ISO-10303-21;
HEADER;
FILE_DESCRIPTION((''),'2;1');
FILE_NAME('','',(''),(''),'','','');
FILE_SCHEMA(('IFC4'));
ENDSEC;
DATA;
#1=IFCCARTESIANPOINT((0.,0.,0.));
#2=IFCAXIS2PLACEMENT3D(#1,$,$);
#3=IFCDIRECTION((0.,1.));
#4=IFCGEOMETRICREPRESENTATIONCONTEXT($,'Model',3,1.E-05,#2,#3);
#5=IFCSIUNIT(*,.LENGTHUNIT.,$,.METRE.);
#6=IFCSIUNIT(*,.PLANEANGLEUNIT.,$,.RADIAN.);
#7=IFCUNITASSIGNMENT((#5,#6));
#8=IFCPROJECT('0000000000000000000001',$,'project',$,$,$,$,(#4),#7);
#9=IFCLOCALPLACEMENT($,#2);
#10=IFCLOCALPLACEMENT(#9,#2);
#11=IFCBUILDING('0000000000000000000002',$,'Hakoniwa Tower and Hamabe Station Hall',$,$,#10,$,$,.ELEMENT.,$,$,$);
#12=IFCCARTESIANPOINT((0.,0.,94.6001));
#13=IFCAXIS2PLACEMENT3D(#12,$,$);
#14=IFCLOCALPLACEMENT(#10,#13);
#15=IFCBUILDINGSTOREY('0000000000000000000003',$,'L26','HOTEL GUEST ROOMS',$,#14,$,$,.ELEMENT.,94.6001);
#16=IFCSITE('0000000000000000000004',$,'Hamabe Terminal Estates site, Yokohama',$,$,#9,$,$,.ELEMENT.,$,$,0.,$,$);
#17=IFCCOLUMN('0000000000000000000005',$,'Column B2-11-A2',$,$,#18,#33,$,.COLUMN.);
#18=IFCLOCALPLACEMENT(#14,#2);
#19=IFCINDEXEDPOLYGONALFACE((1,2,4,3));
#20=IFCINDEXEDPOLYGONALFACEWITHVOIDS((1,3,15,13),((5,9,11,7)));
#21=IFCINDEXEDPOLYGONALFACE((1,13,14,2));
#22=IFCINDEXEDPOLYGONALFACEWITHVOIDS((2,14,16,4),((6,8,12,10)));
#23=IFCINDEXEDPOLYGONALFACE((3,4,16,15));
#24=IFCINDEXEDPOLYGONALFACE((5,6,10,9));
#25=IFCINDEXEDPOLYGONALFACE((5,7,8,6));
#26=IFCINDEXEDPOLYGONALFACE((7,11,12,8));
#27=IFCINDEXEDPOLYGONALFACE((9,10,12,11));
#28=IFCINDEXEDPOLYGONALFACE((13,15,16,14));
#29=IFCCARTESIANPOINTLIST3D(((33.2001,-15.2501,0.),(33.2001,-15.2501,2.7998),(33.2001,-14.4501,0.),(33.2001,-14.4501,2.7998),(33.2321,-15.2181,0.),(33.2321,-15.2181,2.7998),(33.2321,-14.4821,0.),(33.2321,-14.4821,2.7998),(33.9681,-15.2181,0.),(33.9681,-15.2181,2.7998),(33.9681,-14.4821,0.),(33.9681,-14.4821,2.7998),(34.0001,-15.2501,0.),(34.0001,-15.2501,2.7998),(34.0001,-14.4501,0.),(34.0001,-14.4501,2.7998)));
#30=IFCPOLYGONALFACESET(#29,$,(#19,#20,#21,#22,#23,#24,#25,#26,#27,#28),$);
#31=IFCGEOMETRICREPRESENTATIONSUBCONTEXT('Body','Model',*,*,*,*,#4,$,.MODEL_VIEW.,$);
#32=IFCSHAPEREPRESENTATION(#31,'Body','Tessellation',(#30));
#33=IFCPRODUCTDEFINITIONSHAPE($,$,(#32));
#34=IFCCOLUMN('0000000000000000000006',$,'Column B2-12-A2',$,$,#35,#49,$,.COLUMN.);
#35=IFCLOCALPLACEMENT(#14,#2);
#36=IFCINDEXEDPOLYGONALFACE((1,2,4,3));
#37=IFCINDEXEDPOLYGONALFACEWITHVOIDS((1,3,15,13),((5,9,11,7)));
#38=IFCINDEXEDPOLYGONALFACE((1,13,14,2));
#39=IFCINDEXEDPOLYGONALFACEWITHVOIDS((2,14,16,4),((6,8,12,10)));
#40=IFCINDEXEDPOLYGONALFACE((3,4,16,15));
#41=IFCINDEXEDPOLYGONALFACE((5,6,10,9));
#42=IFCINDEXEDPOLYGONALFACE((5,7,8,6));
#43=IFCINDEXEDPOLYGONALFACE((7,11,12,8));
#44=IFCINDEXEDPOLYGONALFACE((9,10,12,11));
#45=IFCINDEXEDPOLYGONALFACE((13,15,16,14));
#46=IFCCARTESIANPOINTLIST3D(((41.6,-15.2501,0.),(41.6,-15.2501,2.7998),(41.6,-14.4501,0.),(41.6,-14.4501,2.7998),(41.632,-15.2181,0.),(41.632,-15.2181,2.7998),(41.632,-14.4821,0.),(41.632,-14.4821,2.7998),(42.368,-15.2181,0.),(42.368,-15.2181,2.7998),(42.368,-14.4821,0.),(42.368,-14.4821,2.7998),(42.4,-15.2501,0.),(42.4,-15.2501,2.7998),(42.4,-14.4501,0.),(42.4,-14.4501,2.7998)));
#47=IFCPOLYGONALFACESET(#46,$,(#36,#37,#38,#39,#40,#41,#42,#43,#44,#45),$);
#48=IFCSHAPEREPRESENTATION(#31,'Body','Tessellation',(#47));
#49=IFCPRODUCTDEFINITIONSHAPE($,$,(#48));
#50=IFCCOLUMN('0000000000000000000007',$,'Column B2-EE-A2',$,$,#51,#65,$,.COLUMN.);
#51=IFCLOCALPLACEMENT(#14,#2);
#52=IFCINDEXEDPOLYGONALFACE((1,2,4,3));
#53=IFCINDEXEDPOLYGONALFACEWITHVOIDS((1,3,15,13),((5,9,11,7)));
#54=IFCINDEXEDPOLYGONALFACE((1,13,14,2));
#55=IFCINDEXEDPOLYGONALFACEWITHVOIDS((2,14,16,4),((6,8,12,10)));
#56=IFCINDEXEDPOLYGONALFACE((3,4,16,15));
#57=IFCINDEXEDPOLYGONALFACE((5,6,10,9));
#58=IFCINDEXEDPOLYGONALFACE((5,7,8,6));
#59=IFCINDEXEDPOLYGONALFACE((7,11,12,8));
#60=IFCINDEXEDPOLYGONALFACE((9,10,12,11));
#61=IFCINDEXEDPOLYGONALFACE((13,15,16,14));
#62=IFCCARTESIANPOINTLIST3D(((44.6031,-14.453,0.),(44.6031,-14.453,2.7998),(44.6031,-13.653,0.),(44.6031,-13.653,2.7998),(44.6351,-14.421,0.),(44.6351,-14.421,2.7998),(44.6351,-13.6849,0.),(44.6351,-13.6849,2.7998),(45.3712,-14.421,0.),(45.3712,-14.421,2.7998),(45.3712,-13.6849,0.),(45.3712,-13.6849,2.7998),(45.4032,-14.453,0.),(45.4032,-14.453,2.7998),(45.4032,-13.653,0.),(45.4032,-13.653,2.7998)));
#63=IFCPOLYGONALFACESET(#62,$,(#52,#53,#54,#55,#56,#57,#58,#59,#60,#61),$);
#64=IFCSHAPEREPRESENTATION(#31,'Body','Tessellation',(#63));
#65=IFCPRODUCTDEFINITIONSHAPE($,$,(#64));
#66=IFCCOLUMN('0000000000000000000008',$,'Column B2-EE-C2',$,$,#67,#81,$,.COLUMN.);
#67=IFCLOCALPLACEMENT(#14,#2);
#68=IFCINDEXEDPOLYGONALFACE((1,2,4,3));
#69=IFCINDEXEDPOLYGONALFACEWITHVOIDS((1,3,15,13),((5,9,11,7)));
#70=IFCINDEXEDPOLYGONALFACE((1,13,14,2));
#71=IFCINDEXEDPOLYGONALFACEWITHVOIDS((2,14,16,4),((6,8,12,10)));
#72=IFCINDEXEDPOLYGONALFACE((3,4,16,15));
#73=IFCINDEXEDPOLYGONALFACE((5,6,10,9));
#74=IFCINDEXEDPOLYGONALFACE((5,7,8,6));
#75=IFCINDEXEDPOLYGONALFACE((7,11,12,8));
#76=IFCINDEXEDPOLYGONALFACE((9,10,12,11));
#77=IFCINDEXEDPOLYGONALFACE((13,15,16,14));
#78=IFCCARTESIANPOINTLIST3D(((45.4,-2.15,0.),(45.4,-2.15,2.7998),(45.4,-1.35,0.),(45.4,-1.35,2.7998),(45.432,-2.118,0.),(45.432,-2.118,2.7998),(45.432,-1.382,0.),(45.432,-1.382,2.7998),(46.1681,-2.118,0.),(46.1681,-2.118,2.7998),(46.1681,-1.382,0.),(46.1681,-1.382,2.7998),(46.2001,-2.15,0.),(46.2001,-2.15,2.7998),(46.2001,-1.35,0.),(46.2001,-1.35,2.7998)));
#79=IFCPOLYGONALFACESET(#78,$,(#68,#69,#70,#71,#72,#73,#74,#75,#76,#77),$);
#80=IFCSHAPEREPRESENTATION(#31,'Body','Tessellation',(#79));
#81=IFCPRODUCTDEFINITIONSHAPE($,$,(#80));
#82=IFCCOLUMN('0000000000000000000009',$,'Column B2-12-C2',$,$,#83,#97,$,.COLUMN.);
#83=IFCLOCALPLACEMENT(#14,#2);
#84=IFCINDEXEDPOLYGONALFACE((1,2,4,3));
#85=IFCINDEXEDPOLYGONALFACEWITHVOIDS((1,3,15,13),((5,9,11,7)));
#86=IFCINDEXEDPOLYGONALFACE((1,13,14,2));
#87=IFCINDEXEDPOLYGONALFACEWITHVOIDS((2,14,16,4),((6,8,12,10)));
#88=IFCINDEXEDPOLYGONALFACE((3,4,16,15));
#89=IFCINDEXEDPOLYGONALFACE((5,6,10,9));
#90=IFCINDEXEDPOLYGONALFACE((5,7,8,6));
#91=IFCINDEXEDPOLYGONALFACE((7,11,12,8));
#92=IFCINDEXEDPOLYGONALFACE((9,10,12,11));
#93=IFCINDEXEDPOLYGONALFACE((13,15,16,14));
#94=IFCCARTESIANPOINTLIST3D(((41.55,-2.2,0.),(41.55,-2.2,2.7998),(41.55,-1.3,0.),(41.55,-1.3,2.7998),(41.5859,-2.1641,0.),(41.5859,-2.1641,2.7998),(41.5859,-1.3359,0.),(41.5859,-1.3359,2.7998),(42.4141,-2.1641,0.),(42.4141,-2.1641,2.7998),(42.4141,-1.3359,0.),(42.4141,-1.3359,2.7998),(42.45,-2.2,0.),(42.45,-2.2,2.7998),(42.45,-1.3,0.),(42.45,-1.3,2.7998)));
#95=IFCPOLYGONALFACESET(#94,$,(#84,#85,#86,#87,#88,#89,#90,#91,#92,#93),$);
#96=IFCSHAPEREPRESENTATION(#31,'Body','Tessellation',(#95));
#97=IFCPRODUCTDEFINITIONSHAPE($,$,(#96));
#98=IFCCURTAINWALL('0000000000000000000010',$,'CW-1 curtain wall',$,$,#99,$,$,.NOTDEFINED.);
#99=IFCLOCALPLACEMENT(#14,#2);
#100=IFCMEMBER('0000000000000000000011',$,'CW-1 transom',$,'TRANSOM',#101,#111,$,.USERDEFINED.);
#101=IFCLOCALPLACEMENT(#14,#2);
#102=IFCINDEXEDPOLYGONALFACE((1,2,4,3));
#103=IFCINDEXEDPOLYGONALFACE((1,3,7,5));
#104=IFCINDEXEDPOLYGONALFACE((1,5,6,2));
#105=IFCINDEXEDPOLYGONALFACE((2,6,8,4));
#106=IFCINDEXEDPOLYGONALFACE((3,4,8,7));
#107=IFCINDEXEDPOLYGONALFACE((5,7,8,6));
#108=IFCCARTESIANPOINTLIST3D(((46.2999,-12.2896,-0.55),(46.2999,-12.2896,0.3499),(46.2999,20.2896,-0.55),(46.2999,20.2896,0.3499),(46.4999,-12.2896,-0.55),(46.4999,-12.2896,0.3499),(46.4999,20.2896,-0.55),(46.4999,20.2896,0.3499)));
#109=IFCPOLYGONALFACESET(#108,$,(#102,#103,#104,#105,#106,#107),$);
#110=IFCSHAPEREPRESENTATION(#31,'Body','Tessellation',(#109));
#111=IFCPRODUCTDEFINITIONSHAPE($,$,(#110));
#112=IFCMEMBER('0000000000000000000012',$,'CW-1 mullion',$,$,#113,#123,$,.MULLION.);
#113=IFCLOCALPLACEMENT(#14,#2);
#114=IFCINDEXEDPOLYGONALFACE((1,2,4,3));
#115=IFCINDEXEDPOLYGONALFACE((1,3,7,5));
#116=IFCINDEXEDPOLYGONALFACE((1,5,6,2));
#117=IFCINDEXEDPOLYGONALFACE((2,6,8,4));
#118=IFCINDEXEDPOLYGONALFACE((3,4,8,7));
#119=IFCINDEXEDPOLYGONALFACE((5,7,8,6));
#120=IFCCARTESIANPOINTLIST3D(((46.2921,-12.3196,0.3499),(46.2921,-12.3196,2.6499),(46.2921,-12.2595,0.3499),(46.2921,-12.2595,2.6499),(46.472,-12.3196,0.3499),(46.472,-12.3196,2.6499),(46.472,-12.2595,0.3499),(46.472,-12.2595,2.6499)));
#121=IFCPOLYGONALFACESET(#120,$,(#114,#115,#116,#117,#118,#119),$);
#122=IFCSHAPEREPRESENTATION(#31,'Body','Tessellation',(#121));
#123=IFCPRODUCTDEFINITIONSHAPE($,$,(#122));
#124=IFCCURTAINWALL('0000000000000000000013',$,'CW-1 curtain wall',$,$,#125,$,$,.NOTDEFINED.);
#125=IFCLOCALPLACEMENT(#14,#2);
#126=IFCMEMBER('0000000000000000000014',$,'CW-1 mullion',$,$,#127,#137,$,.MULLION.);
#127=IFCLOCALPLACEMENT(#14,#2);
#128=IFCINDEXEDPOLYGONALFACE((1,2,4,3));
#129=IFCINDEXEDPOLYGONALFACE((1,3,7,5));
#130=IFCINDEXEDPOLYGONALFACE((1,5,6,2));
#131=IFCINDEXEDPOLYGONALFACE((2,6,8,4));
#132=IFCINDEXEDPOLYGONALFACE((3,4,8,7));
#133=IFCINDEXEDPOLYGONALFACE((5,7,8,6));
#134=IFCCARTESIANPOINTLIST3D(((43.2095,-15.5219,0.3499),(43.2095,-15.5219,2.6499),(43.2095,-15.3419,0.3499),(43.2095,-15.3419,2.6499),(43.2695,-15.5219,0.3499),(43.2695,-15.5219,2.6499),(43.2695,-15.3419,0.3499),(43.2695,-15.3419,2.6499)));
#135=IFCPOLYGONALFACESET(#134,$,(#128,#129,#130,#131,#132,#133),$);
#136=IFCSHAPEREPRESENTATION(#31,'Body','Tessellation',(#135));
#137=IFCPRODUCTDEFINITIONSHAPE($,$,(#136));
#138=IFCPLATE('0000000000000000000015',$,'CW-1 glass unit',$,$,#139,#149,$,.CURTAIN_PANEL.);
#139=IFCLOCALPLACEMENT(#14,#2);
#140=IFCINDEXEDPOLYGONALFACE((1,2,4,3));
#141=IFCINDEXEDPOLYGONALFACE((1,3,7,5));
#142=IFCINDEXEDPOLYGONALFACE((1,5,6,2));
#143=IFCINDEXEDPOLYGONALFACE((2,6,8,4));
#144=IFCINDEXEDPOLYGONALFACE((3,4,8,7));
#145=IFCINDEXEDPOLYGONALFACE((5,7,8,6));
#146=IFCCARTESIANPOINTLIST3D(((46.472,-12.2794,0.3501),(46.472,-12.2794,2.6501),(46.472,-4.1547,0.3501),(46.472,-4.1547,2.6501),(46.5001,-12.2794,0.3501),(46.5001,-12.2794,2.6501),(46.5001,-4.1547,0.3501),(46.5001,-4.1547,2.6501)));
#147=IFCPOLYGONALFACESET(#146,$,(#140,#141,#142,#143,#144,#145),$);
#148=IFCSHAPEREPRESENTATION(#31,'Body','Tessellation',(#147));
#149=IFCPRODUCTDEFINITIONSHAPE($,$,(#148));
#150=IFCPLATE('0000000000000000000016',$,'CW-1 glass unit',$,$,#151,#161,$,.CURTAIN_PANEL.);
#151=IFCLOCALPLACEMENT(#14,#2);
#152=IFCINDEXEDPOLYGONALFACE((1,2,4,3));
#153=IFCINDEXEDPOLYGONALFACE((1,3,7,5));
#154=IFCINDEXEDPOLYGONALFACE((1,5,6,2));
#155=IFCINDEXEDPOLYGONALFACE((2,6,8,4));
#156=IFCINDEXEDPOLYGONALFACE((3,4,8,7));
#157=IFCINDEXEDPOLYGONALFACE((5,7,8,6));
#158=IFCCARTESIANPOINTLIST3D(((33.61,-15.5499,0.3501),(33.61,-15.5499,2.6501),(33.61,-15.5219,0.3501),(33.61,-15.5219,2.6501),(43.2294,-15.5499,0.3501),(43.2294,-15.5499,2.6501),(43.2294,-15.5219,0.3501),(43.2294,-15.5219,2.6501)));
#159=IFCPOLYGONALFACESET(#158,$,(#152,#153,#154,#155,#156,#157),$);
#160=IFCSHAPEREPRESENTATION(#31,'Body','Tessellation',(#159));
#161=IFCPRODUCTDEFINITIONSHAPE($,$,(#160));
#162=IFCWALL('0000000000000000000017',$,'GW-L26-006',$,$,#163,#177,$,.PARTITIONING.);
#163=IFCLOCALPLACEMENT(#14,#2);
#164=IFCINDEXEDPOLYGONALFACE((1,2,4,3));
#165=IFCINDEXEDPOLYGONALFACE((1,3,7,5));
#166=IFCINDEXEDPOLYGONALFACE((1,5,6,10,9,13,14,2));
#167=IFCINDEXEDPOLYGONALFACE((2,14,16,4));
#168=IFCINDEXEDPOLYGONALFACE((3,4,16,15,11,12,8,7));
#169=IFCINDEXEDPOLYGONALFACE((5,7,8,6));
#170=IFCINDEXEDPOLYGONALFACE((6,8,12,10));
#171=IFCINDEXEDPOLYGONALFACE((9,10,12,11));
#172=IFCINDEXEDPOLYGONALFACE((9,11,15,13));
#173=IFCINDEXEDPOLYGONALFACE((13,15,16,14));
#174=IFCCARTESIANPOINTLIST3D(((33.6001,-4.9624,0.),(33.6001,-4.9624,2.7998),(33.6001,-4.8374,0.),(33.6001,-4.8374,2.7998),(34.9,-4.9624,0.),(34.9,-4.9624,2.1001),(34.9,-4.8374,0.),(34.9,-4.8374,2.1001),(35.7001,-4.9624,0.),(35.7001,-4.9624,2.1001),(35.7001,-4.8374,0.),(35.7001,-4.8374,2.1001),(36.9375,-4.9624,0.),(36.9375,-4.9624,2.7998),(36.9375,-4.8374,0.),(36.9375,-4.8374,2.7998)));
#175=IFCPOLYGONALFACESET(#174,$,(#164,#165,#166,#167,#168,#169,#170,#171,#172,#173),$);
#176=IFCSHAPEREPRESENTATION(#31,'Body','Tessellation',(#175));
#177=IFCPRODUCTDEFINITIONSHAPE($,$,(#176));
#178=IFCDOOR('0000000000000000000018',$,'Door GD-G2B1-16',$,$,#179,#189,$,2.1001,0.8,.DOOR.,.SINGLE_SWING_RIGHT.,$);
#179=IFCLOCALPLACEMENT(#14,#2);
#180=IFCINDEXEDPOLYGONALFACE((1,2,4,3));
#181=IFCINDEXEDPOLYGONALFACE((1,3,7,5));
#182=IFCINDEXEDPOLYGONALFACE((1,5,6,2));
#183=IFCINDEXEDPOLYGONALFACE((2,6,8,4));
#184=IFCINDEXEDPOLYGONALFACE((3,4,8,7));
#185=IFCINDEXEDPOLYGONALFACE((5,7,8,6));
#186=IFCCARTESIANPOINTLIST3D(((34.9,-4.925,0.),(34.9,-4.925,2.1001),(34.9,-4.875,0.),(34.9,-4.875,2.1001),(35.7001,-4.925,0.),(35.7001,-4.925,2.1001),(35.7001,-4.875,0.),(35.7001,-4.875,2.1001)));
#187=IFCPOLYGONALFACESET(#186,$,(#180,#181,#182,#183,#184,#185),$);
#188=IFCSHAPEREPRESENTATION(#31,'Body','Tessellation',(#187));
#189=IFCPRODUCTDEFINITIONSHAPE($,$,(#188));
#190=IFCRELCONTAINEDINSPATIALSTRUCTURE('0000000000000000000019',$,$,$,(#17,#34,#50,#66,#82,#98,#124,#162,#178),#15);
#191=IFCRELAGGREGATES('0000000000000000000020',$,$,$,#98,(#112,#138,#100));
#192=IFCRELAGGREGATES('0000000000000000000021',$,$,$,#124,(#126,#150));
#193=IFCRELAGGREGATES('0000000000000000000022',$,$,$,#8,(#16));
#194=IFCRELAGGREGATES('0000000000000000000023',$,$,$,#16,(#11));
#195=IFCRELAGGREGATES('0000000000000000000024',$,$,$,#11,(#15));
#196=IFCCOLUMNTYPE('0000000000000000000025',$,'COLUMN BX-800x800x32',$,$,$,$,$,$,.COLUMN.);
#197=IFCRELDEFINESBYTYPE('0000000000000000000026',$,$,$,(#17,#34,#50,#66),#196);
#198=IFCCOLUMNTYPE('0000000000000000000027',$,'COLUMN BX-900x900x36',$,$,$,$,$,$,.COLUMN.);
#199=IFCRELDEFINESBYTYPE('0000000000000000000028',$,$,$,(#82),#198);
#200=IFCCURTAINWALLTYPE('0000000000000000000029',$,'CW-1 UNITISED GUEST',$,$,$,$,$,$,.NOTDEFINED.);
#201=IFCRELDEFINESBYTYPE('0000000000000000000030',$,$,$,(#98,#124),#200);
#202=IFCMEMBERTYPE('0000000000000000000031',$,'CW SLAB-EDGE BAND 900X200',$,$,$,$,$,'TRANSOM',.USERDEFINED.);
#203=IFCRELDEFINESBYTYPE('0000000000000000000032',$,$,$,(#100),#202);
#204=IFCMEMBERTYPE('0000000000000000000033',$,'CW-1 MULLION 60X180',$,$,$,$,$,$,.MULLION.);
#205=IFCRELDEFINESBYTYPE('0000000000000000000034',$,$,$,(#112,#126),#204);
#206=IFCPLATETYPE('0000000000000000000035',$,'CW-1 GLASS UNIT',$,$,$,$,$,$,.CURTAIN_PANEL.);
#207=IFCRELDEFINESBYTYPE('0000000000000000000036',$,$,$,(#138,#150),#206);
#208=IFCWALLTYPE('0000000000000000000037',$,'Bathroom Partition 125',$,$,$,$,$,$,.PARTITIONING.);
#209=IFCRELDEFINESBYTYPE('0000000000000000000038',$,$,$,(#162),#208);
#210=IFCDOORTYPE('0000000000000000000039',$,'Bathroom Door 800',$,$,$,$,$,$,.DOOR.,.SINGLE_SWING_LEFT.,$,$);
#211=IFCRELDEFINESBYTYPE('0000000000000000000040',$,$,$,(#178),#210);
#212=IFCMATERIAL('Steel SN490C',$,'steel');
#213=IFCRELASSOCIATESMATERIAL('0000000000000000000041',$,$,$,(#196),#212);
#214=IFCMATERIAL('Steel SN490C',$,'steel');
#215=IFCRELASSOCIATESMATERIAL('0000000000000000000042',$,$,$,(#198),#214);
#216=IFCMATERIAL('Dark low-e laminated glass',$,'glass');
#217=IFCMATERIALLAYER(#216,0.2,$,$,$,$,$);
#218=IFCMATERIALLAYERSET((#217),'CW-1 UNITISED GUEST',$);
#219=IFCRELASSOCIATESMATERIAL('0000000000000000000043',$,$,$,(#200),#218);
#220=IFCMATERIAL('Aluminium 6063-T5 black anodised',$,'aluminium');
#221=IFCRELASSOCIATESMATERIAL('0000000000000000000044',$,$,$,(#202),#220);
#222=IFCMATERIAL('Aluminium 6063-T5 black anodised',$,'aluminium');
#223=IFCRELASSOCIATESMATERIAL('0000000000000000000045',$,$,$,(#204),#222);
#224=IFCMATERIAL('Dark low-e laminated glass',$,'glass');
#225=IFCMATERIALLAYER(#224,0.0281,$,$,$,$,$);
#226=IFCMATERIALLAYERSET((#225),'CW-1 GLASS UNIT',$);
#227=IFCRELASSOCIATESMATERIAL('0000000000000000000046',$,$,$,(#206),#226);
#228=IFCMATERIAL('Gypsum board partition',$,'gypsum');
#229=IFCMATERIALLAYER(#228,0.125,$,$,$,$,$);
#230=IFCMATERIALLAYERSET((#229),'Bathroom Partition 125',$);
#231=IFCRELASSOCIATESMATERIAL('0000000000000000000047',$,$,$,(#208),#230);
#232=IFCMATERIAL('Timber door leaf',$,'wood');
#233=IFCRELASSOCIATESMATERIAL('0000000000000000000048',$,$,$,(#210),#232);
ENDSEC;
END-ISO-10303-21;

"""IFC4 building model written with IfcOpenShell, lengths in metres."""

from ifc_helpers import new_model, si_unit, direction, frame, frame_2d, origin, origin_2d, place, context, subcontext, project, spatial, rectangle, hollow_rectangle, extrude, material, layer, layer_set, material_profile, profile_set, type_object, element, fill, aggregate, save


model = new_model("IFC4")

# Units and contexts
model_context = context("Model", 3, precision=1e-05, world=origin(), true_north=direction((0.0, 1.0)))
body_context = subcontext(model_context, "Body", "Model", "MODEL_VIEW")
ifc_project = project(units=[si_unit("LENGTHUNIT", "METRE"), si_unit("PLANEANGLEUNIT", "RADIAN")], contexts=[model_context])

# Site, building, storey
site_placement = place(None, origin())
site = spatial("IfcSite", under=ifc_project, at=site_placement, Name="Hamabe Terminal Estates site, Yokohama", CompositionType="ELEMENT", RefElevation=0.0)
building_placement = place(site_placement, origin())
building = spatial("IfcBuilding", under=site, at=building_placement, Name="Hakoniwa Tower and Hamabe Station Hall", CompositionType="ELEMENT")
storey_placement = place(building_placement, frame((0.0, 0.0, 94.6001)))
storey = spatial("IfcBuildingStorey", under=building, at=storey_placement, Name="L26", Description="HOTEL GUEST ROOMS", CompositionType="ELEMENT", Elevation=94.6001)

# Columns
ifc_material_1 = material(Name="Steel SN490C", Category="steel")
ifc_material_profile_1 = material_profile(ifc_material_1, hollow_rectangle(XDim=0.8, YDim=0.8, WallThickness=0.032, at=origin_2d()), Name="BX-800x800x32")
ifc_profile_set_1 = profile_set([ifc_material_profile_1], Name="Steel SN490C")
column_type_1 = type_object("IfcColumnType", Name="COLUMN BX-800x800x32", PredefinedType="COLUMN", material=ifc_profile_set_1)
for number, where, z_axis, x_axis, name in (
    (1, (33.6001, -14.8501, 0.0), (0.0, 0.0, 1.0), (1.0, 0.0, 0.0), "Column B2-11-A2"),
    (2, (42.0, -14.8501, 0.0), (0.0, 0.0, 1.0), (1.0, 0.0, 0.0), "Column B2-12-A2"),
    (3, (45.0032, -14.053, 0.0), (0.0, 0.0, 1.0), (1.0, 0.0, 0.0), "Column B2-EE-A2"),
    (4, (45.8, -1.75, 0.0), (0.0, 0.0, 1.0), (1.0, 0.0, 0.0), "Column B2-EE-C2"),
):
    element("IfcColumn", number, at=place(storey_placement, frame(where, z_axis=z_axis, x_axis=x_axis)), inside=storey, type_object=column_type_1, Name=name, PredefinedType="COLUMN", context=body_context, shape_type="SweptSolid", body=[
        extrude(hollow_rectangle(XDim=0.8, YDim=0.8, WallThickness=0.032, at=origin_2d()), origin(), (0.0, 0.0, 1.0), 2.7998),
    ])
ifc_material_2 = material(Name="Steel SN490C", Category="steel")
ifc_material_profile_2 = material_profile(ifc_material_2, hollow_rectangle(XDim=0.8999, YDim=0.8999, WallThickness=0.0359, at=origin_2d()), Name="BX-900x900x36")
ifc_profile_set_2 = profile_set([ifc_material_profile_2], Name="Steel SN490C")
column_type_2 = type_object("IfcColumnType", Name="COLUMN BX-900x900x36", PredefinedType="COLUMN", material=ifc_profile_set_2)
column_placement = place(storey_placement, frame((42.0, -1.75, 0.0), z_axis=(0.0, 0.0, 1.0), x_axis=(1.0, 0.0, 0.0)))
element("IfcColumn", 5, at=column_placement, inside=storey, type_object=column_type_2, Name="Column B2-12-C2", PredefinedType="COLUMN", context=body_context, shape_type="SweptSolid", body=[
    extrude(hollow_rectangle(XDim=0.8999, YDim=0.8999, WallThickness=0.0359, at=origin_2d()), origin(), (0.0, 0.0, 1.0), 2.7998),
])

# Curtain wall, members
ifc_material_3 = material(Name="Dark low-e laminated glass", Category="glass")
ifc_layer_1 = layer(ifc_material_3, 0.2)
ifc_layer_set_1 = layer_set([ifc_layer_1], Name="CW-1 UNITISED GUEST")
curtain_wall_type = type_object("IfcCurtainWallType", Name="CW-1 UNITISED GUEST", PredefinedType="NOTDEFINED", material=ifc_layer_set_1)
curtain_wall_1_placement = place(storey_placement, origin())
curtain_wall_1 = element("IfcCurtainWall", 6, at=curtain_wall_1_placement, inside=storey, type_object=curtain_wall_type, Name="CW-1 curtain wall", PredefinedType="NOTDEFINED")
ifc_material_4 = material(Name="Aluminium 6063-T5 black anodised", Category="aluminium")
ifc_material_profile_3 = material_profile(ifc_material_4, rectangle(XDim=0.2, YDim=0.8999, at=origin_2d()), Name="CW SLAB-EDGE BAND 900X200")
ifc_profile_set_3 = profile_set([ifc_material_profile_3], Name="Aluminium 6063-T5 black anodised")
member_type_1 = type_object("IfcMemberType", Name="CW SLAB-EDGE BAND 900X200", ElementType="TRANSOM", PredefinedType="USERDEFINED", material=ifc_profile_set_3)
member_1_placement = place(storey_placement, frame((46.3999, -12.2896, -0.1001), z_axis=(0.0, 1.0, 0.0), x_axis=(-1.0, 0.0, 0.0)))
member_1 = element("IfcMember", 7, at=member_1_placement, type_object=member_type_1, Name="CW-1 transom", ObjectType="TRANSOM", PredefinedType="USERDEFINED", context=body_context, shape_type="SweptSolid", body=[
    extrude(rectangle(XDim=0.2, YDim=0.8999, at=origin_2d()), origin(), (0.0, 0.0, 1.0), 32.5791),
])
ifc_material_5 = material(Name="Aluminium 6063-T5 black anodised", Category="aluminium")
ifc_material_profile_4 = material_profile(ifc_material_5, rectangle(XDim=0.0601, YDim=0.1799, at=origin_2d()), Name="CW-1 MULLION 60X180")
ifc_profile_set_4 = profile_set([ifc_material_profile_4], Name="Aluminium 6063-T5 black anodised")
member_type_2 = type_object("IfcMemberType", Name="CW-1 MULLION 60X180", PredefinedType="MULLION", material=ifc_profile_set_4)
member_2_placement = place(storey_placement, frame((46.3821, -12.2896, 0.3499), z_axis=(0.0, 0.0, 1.0), x_axis=(0.0, 1.0, 0.0)))
member_2 = element("IfcMember", 8, at=member_2_placement, type_object=member_type_2, Name="CW-1 mullion", PredefinedType="MULLION", context=body_context, shape_type="SweptSolid", body=[
    extrude(rectangle(XDim=0.0601, YDim=0.1799, at=origin_2d()), origin(), (0.0, 0.0, 1.0), 2.3),
])

# Curtain wall, member
curtain_wall_2_placement = place(storey_placement, origin())
curtain_wall_2 = element("IfcCurtainWall", 9, at=curtain_wall_2_placement, inside=storey, type_object=curtain_wall_type, Name="CW-1 curtain wall", PredefinedType="NOTDEFINED")
member_3_placement = place(storey_placement, frame((43.2395, -15.4319, 0.3499), z_axis=(0.0, 0.0, 1.0), x_axis=(1.0, 0.0, 0.0)))
member_3 = element("IfcMember", 10, at=member_3_placement, type_object=member_type_2, Name="CW-1 mullion", PredefinedType="MULLION", context=body_context, shape_type="SweptSolid", body=[
    extrude(rectangle(XDim=0.0601, YDim=0.1799, at=origin_2d()), origin(), (0.0, 0.0, 1.0), 2.3),
])

# Plates
ifc_material_6 = material(Name="Dark low-e laminated glass", Category="glass")
ifc_layer_2 = layer(ifc_material_6, 0.0281)
ifc_layer_set_2 = layer_set([ifc_layer_2], Name="CW-1 GLASS UNIT")
plate_type = type_object("IfcPlateType", Name="CW-1 GLASS UNIT", PredefinedType="CURTAIN_PANEL", material=ifc_layer_set_2)
plate_1_placement = place(storey_placement, frame((46.4861, -8.217, 0.3501), z_axis=(0.0, 0.0, 1.0), x_axis=(0.0, 1.0, 0.0)))
plate_1 = element("IfcPlate", 11, at=plate_1_placement, type_object=plate_type, Name="CW-1 glass unit", PredefinedType="CURTAIN_PANEL", context=body_context, shape_type="SweptSolid", body=[
    extrude(rectangle(XDim=8.1248, YDim=0.0281, at=origin_2d()), origin(), (0.0, 0.0, 1.0), 2.3),
])
aggregate(curtain_wall_1, [member_2, plate_1, member_1])
plate_2_placement = place(storey_placement, frame((38.4197, -15.5359, 0.3501), z_axis=(0.0, 0.0, 1.0), x_axis=(1.0, 0.0, 0.0)))
plate_2 = element("IfcPlate", 12, at=plate_2_placement, type_object=plate_type, Name="CW-1 glass unit", PredefinedType="CURTAIN_PANEL", context=body_context, shape_type="SweptSolid", body=[
    extrude(rectangle(XDim=9.6194, YDim=0.0281, at=origin_2d()), origin(), (0.0, 0.0, 1.0), 2.3),
])
aggregate(curtain_wall_2, [member_3, plate_2])

# Wall, opening, door
ifc_material_7 = material(Name="Gypsum board partition", Category="gypsum")
ifc_layer_3 = layer(ifc_material_7, 0.125)
ifc_layer_set_3 = layer_set([ifc_layer_3], Name="Bathroom Partition 125")
wall_type_1 = type_object("IfcWallType", Name="Bathroom Partition 125", PredefinedType="PARTITIONING", material=ifc_layer_set_3)
wall_1_placement = place(storey_placement, frame((33.6001, -4.8999, 0.0), z_axis=(0.0, 0.0, 1.0), x_axis=(1.0, 0.0, 0.0)))
wall_1 = element("IfcWall", 13, at=wall_1_placement, inside=storey, type_object=wall_type_1, Name="GW-L26-006", PredefinedType="PARTITIONING", context=body_context, shape_type="SweptSolid", body=[
    extrude(rectangle(XDim=3.3374, YDim=0.125, at=frame_2d((1.6687, 0.0))), origin(), (0.0, 0.0, 1.0), 2.7998),
])
opening_1_placement = place(wall_1_placement, frame((1.3, 0.0, 0.0)))
opening_1 = element("IfcOpeningElement", 14, at=opening_1_placement, cuts=wall_1, PredefinedType="OPENING", context=body_context, shape_type="SweptSolid", body=[
    extrude(rectangle(XDim=0.8, YDim=2.1001, at=frame_2d((0.3999, 1.05))), frame((0.0, 0.0725, 0.0), z_axis=(0.0, -1.0, 0.0), x_axis=(1.0, 0.0, 0.0)), (0.0, 0.0, 1.0), 0.145),
])
ifc_material_8 = material(Name="Timber door leaf", Category="wood")
door_type_1 = type_object("IfcDoorType", Name="Bathroom Door 800", OperationType="SINGLE_SWING_LEFT", PredefinedType="DOOR", material=ifc_material_8)
door_1_placement = place(opening_1_placement, origin())
door_1 = element("IfcDoor", 15, at=door_1_placement, inside=storey, type_object=door_type_1, Name="Door GD-G2B1-16", OperationType="SINGLE_SWING_RIGHT", OverallHeight=2.1001, OverallWidth=0.8, PredefinedType="DOOR", context=body_context, shape_type="SweptSolid", body=[
    extrude(rectangle(XDim=0.8, YDim=2.1001, at=frame_2d((0.3999, 1.05))), frame((0.0, 0.0249, 0.0), z_axis=(0.0, -1.0, 0.0), x_axis=(1.0, 0.0, 0.0)), (0.0, 0.0, 1.0), 0.05),
])
fill(opening_1, door_1)

save(model, "model.ifc")
